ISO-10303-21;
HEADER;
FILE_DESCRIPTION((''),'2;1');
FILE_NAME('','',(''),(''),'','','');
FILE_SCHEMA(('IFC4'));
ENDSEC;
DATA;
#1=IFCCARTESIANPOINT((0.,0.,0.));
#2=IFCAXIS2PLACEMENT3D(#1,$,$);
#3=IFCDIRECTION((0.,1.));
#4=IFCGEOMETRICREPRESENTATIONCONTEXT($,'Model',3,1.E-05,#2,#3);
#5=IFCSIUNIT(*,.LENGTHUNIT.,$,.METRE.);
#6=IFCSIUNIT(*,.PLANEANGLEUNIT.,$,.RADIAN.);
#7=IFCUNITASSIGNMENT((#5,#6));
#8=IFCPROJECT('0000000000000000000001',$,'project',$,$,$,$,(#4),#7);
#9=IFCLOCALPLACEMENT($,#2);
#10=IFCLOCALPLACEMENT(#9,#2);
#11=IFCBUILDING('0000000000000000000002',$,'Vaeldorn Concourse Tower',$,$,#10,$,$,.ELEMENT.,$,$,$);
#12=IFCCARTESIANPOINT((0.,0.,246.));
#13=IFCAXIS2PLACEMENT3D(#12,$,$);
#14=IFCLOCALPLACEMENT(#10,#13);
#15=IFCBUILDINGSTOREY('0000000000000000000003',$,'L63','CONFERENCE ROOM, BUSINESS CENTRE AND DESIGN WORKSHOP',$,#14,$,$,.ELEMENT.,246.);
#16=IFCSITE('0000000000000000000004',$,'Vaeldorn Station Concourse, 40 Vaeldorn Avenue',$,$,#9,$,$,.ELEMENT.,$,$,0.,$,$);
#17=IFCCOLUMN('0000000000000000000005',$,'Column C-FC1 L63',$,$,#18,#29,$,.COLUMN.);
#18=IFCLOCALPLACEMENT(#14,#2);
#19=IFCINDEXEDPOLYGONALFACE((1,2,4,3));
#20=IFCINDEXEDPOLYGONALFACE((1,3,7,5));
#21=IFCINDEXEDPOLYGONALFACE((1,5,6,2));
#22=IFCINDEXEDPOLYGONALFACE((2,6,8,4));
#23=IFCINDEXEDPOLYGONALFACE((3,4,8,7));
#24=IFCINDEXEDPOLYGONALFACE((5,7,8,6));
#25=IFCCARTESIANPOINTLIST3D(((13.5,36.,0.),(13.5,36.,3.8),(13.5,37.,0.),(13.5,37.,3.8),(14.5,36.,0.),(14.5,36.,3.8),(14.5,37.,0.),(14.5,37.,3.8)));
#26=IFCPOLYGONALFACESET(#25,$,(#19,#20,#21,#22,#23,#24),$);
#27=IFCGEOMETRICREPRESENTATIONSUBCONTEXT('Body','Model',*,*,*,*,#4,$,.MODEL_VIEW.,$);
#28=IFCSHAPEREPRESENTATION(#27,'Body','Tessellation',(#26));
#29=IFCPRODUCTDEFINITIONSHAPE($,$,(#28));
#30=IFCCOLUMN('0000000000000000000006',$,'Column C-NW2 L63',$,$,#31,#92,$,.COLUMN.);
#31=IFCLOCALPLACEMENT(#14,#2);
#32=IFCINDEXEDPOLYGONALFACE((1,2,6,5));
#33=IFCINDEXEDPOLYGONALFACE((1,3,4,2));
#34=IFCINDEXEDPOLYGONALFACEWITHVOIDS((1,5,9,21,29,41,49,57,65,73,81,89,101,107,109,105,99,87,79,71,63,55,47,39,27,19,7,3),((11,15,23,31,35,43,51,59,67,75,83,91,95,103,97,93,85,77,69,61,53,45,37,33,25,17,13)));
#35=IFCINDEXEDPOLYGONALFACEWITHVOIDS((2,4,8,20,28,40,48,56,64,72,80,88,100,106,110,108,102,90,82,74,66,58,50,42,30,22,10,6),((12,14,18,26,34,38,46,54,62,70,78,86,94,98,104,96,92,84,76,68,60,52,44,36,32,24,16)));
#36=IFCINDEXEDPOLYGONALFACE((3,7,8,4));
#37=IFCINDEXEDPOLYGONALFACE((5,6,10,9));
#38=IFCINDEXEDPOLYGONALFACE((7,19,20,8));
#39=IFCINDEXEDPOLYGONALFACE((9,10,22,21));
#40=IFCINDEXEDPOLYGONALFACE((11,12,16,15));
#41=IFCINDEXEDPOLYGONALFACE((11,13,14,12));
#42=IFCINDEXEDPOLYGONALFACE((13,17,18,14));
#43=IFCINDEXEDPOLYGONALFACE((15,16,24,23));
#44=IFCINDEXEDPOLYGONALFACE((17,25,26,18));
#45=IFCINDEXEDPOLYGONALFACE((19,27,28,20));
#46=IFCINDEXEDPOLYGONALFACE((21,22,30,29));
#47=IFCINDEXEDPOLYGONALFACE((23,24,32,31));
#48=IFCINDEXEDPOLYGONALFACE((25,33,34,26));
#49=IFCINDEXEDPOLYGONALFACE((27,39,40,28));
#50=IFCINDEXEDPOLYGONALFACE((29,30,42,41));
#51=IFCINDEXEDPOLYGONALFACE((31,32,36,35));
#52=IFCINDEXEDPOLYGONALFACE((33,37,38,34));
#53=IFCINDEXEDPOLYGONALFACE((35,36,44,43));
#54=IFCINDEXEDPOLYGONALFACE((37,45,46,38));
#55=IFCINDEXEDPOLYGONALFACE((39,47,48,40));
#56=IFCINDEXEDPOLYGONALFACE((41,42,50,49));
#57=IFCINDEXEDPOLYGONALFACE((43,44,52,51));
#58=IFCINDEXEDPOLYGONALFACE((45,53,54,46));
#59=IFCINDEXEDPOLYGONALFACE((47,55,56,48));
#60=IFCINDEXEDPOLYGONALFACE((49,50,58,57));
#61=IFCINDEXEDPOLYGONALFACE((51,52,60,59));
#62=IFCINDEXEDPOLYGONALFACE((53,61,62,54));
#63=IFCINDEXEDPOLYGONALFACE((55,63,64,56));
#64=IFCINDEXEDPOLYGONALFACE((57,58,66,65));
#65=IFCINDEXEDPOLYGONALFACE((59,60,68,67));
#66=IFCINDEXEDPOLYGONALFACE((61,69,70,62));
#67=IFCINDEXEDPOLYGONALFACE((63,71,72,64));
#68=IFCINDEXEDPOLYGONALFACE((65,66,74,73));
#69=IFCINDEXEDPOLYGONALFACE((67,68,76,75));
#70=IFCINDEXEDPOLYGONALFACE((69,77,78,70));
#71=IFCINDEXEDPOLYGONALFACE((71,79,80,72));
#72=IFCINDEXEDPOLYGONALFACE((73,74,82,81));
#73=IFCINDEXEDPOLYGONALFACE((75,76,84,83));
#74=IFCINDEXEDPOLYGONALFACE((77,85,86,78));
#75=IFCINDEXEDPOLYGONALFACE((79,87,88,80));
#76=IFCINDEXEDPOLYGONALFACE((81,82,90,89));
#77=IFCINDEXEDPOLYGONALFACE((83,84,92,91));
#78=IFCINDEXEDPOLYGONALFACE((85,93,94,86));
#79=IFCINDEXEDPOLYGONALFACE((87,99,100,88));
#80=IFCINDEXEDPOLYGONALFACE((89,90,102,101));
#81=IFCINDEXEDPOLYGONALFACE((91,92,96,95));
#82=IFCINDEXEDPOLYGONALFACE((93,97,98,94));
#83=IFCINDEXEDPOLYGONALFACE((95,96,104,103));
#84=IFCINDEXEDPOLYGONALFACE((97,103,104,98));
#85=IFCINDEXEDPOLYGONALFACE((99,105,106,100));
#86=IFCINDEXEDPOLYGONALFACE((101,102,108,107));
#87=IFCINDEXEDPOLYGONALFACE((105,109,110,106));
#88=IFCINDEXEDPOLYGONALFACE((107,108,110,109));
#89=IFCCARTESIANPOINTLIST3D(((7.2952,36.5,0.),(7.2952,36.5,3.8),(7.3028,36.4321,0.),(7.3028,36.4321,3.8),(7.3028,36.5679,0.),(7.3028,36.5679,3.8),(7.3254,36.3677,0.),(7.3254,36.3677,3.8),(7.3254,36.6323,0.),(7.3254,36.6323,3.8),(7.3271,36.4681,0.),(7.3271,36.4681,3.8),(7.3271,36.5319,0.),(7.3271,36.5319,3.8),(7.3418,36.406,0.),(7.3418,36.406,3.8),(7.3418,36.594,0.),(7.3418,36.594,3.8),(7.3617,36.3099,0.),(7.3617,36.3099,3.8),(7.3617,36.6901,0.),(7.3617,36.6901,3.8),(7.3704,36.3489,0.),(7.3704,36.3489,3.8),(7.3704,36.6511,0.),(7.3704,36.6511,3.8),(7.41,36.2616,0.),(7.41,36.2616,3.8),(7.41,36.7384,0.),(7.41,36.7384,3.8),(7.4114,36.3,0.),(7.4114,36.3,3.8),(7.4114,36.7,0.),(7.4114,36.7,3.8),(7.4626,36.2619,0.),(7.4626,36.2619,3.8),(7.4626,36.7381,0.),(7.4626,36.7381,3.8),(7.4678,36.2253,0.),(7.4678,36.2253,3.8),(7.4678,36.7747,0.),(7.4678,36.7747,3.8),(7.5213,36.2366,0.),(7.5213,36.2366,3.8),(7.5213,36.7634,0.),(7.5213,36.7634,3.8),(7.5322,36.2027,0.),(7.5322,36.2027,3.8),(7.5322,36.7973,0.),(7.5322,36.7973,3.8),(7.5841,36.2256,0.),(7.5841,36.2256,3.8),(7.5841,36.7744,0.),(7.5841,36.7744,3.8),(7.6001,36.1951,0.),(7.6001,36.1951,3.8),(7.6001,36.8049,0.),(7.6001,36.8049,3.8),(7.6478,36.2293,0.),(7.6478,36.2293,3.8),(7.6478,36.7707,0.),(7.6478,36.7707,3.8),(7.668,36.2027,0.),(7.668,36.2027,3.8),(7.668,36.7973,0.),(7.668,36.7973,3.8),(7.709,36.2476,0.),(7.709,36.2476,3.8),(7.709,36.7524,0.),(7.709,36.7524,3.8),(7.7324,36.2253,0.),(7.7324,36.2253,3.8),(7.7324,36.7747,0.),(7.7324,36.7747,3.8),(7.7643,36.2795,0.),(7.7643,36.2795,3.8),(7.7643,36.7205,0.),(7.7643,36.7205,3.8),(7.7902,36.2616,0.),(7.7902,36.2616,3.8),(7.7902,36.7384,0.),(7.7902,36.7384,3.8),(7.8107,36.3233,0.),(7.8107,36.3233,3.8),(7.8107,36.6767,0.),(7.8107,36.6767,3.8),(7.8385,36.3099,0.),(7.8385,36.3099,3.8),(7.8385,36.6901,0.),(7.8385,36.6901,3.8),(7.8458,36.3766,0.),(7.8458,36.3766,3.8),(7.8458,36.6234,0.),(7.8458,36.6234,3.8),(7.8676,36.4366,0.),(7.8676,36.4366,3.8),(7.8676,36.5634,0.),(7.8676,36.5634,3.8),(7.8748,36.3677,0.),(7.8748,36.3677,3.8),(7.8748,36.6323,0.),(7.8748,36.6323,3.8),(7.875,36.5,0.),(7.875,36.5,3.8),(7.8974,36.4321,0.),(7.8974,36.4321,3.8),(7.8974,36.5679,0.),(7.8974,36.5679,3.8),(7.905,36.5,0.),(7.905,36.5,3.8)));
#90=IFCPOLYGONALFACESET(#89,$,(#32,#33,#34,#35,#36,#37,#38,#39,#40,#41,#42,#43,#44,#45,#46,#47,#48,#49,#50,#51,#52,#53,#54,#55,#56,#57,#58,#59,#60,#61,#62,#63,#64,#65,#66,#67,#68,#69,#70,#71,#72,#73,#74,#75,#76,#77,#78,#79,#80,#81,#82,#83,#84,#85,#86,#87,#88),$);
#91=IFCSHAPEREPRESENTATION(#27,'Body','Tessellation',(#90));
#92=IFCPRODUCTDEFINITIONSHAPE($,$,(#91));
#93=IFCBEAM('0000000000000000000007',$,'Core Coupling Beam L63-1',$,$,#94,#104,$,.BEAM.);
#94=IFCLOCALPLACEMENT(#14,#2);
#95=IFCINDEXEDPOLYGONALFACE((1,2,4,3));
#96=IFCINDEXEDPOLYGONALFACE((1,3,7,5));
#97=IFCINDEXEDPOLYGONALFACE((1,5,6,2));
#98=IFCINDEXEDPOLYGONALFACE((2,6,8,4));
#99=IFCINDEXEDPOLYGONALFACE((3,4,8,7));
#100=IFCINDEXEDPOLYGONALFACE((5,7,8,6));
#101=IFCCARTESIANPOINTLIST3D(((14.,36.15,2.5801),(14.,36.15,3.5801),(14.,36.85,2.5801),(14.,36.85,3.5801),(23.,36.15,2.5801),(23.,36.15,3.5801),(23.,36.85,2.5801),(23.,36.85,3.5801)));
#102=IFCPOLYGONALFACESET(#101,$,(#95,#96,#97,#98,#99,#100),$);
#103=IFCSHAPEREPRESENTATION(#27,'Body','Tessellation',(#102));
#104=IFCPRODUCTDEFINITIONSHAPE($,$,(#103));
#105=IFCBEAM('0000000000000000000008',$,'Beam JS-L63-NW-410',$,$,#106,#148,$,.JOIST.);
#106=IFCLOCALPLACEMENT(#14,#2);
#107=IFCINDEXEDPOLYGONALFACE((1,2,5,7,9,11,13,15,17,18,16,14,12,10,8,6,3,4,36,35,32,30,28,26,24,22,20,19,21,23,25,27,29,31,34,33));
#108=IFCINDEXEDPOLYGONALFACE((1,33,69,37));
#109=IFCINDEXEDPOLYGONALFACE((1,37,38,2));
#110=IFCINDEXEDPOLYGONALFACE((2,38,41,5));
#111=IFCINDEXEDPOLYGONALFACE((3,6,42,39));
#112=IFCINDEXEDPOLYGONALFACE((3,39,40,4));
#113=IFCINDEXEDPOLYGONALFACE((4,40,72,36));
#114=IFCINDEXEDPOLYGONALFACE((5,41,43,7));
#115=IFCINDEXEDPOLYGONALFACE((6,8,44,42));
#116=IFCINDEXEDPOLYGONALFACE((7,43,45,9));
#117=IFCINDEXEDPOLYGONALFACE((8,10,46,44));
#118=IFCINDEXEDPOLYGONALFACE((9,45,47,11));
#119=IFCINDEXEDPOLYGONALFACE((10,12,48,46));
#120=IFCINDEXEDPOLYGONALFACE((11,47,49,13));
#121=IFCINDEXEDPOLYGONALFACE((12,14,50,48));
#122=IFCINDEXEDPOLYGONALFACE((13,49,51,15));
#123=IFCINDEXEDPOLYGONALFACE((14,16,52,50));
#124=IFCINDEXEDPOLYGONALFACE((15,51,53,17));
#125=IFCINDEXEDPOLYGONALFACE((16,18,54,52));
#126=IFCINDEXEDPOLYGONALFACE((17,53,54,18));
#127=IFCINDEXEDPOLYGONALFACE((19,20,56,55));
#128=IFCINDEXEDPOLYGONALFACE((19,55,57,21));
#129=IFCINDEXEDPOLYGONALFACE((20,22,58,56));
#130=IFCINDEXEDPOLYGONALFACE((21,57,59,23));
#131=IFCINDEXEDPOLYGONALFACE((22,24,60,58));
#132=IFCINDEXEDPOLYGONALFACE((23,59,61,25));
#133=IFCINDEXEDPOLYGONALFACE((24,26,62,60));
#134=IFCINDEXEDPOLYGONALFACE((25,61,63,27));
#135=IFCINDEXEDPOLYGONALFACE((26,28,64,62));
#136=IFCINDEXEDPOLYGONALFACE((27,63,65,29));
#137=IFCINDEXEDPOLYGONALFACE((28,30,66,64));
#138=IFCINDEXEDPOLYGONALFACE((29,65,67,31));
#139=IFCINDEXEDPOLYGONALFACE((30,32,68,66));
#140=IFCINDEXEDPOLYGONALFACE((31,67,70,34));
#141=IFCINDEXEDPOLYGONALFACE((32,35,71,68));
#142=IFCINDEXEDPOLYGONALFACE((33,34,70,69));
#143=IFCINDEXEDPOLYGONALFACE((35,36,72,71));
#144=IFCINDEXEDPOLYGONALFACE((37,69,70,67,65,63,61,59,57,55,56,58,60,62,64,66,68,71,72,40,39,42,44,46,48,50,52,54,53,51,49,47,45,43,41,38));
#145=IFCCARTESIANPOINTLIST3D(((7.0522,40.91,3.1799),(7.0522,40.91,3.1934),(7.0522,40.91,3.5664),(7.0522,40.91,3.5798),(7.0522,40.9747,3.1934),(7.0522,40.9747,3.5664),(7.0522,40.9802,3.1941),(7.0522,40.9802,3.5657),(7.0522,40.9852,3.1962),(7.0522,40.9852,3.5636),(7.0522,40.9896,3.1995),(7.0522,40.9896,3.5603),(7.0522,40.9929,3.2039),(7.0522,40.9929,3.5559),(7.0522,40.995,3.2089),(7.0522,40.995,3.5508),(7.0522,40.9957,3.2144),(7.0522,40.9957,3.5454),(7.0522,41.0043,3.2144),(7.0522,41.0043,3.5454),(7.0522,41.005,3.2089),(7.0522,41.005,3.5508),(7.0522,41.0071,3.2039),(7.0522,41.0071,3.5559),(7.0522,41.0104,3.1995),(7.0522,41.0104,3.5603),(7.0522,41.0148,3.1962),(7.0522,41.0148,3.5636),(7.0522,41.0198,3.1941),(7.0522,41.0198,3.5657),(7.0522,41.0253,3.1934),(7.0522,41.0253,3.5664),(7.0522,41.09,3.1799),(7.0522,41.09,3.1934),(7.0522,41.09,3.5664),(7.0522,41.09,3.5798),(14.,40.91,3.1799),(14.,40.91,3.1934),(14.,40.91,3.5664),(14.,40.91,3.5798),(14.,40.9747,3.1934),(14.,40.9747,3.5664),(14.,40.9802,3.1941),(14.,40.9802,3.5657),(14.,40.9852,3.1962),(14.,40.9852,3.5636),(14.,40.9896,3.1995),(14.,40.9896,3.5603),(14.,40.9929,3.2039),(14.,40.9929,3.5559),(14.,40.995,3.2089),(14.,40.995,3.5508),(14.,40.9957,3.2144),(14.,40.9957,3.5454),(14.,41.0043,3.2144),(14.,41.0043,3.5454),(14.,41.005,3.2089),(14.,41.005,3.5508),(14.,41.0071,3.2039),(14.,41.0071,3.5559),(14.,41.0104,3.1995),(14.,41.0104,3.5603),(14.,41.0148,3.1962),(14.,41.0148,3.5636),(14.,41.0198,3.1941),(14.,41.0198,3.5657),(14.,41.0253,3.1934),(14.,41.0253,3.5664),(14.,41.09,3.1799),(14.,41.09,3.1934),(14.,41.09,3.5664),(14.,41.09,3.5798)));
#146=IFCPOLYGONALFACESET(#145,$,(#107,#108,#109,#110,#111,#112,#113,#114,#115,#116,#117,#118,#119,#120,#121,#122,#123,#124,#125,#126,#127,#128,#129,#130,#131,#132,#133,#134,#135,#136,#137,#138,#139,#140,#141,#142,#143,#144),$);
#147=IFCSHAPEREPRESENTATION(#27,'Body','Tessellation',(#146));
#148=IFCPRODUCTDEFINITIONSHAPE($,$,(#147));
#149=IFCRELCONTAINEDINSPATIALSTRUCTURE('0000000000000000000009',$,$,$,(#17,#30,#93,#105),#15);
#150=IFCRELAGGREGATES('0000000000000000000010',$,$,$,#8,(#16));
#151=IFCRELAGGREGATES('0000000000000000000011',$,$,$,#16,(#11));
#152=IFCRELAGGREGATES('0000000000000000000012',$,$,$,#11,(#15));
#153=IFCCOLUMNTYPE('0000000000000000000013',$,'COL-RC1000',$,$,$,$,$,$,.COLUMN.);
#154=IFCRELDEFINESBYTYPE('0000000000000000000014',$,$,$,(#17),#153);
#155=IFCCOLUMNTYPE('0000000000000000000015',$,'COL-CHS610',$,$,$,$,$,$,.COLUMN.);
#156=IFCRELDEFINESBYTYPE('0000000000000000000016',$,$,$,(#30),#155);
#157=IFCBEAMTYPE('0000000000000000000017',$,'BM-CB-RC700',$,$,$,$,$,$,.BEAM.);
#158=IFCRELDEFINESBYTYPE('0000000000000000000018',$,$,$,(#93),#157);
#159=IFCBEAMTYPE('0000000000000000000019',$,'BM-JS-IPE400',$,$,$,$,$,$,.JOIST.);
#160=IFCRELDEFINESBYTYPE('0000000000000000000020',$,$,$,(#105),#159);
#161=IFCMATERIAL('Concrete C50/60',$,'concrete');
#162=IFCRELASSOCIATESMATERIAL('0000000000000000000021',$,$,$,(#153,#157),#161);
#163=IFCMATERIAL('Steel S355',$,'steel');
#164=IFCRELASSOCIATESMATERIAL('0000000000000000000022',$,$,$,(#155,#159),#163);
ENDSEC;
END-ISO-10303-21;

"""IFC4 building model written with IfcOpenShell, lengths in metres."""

from ifc_helpers import new_model, si_unit, direction, frame, origin, origin_2d, place, context, subcontext, project, spatial, rectangle, hollow_circle, i_section, extrude, source, transform, mapped, material, material_profile, profile_set, type_object, element, save


model = new_model("IFC4")

# Units and contexts
model_context = context("Model", 3, precision=1e-05, world=origin(), true_north=direction((0.0, 1.0)))
body_context = subcontext(model_context, "Body", "Model", "MODEL_VIEW")
ifc_project = project(units=[si_unit("LENGTHUNIT", "METRE"), si_unit("PLANEANGLEUNIT", "RADIAN")], contexts=[model_context])

# Site, building, storey
site_placement = place(None, origin())
site = spatial("IfcSite", under=ifc_project, at=site_placement, Name="Vaeldorn Station Concourse, 40 Vaeldorn Avenue", CompositionType="ELEMENT", RefElevation=0.0)
building_placement = place(site_placement, origin())
building = spatial("IfcBuilding", under=site, at=building_placement, Name="Vaeldorn Concourse Tower", CompositionType="ELEMENT")
storey_placement = place(building_placement, frame((0.0, 0.0, 246.0)))
storey = spatial("IfcBuildingStorey", under=building, at=storey_placement, Name="L63", Description="CONFERENCE ROOM, BUSINESS CENTRE AND DESIGN WORKSHOP", CompositionType="ELEMENT", Elevation=246.0)

# Columns
ifc_material_1 = material(Name="Concrete C50/60", Category="concrete")
ifc_material_profile_1 = material_profile(ifc_material_1, rectangle(XDim=1.0, YDim=1.0, at=origin_2d()), Name="RC 1000x1000")
ifc_profile_set_1 = profile_set([ifc_material_profile_1], Name="Concrete C50/60")
column_type_1 = type_object("IfcColumnType", Name="COL-RC1000", PredefinedType="COLUMN", material=ifc_profile_set_1)
shared_shape_1 = source(origin(), body_context, "Body", "SweptSolid", [
    extrude(rectangle(XDim=1.0, YDim=1.0, at=origin_2d()), origin(), (0.0, 0.0, 1.0), 3.8),
])
column_1_placement = place(storey_placement, frame((14.0, 36.5, 0.0), z_axis=(0.0, 0.0, 1.0), x_axis=(1.0, 0.0, 0.0)))
element("IfcColumn", 1, at=column_1_placement, inside=storey, type_object=column_type_1, Name="Column C-FC1 L63", PredefinedType="COLUMN", context=body_context, shape_type="MappedRepresentation", body=[
    mapped(shared_shape_1, transform((0.0, 0.0, 0.0), scale=1.0)),
])
ifc_material_2 = material(Name="Steel S355", Category="steel")
ifc_material_profile_2 = material_profile(ifc_material_2, hollow_circle(Radius=0.3049, WallThickness=0.03, at=origin_2d()), Name="CHS 610x30")
ifc_profile_set_2 = profile_set([ifc_material_profile_2], Name="Steel S355")
column_type_2 = type_object("IfcColumnType", Name="COL-CHS610", PredefinedType="COLUMN", material=ifc_profile_set_2)
shared_shape_2 = source(origin(), body_context, "Body", "SweptSolid", [
    extrude(hollow_circle(Radius=0.3049, WallThickness=0.03, at=origin_2d()), origin(), (0.0, 0.0, 1.0), 3.8),
])
column_2_placement = place(storey_placement, frame((7.6001, 36.5, 0.0), z_axis=(0.0, 0.0, 1.0), x_axis=(1.0, 0.0, 0.0)))
element("IfcColumn", 2, at=column_2_placement, inside=storey, type_object=column_type_2, Name="Column C-NW2 L63", PredefinedType="COLUMN", context=body_context, shape_type="MappedRepresentation", body=[
    mapped(shared_shape_2, transform((0.0, 0.0, 0.0), scale=1.0)),
])

# Beams
ifc_material_profile_3 = material_profile(ifc_material_1, rectangle(XDim=0.7, YDim=1.0, at=origin_2d()), Name="RC 700x1000")
ifc_profile_set_3 = profile_set([ifc_material_profile_3], Name="Concrete C50/60")
beam_type_1 = type_object("IfcBeamType", Name="BM-CB-RC700", PredefinedType="BEAM", material=ifc_profile_set_3)
shared_shape_3 = source(origin(), body_context, "Body", "SweptSolid", [
    extrude(rectangle(XDim=0.7, YDim=1.0, at=origin_2d()), origin(), (0.0, 0.0, 1.0), 9.0),
])
beam_1_placement = place(storey_placement, frame((14.0, 36.5, 3.0801), z_axis=(1.0, 0.0, 0.0), x_axis=(0.0, 1.0, 0.0)))
element("IfcBeam", 3, at=beam_1_placement, inside=storey, type_object=beam_type_1, Name="Core Coupling Beam L63-1", PredefinedType="BEAM", context=body_context, shape_type="MappedRepresentation", body=[
    mapped(shared_shape_3, transform((0.0, 0.0, 0.0), scale=1.0)),
])
ifc_material_profile_4 = material_profile(ifc_material_2, i_section(OverallWidth=0.1799, OverallDepth=0.3999, WebThickness=0.0085, FlangeThickness=0.0134, FilletRadius=0.021, at=origin_2d()), Name="IPE 400")
ifc_profile_set_4 = profile_set([ifc_material_profile_4], Name="Steel S355")
beam_type_2 = type_object("IfcBeamType", Name="BM-JS-IPE400", PredefinedType="JOIST", material=ifc_profile_set_4)
shared_shape_4 = source(origin(), body_context, "Body", "SweptSolid", [
    extrude(i_section(OverallWidth=0.1799, OverallDepth=0.3999, WebThickness=0.0085, FlangeThickness=0.0134, FilletRadius=0.021, at=origin_2d()), origin(), (0.0, 0.0, 1.0), 6.9478),
])
beam_2_placement = place(storey_placement, frame((7.0522, 41.0, 3.3799), z_axis=(1.0, 0.0, 0.0), x_axis=(0.0, 1.0, 0.0)))
element("IfcBeam", 4, at=beam_2_placement, inside=storey, type_object=beam_type_2, Name="Beam JS-L63-NW-410", PredefinedType="JOIST", context=body_context, shape_type="MappedRepresentation", body=[
    mapped(shared_shape_4, transform((0.0, 0.0, 0.0), scale=1.0)),
])

save(model, "model.ifc")
